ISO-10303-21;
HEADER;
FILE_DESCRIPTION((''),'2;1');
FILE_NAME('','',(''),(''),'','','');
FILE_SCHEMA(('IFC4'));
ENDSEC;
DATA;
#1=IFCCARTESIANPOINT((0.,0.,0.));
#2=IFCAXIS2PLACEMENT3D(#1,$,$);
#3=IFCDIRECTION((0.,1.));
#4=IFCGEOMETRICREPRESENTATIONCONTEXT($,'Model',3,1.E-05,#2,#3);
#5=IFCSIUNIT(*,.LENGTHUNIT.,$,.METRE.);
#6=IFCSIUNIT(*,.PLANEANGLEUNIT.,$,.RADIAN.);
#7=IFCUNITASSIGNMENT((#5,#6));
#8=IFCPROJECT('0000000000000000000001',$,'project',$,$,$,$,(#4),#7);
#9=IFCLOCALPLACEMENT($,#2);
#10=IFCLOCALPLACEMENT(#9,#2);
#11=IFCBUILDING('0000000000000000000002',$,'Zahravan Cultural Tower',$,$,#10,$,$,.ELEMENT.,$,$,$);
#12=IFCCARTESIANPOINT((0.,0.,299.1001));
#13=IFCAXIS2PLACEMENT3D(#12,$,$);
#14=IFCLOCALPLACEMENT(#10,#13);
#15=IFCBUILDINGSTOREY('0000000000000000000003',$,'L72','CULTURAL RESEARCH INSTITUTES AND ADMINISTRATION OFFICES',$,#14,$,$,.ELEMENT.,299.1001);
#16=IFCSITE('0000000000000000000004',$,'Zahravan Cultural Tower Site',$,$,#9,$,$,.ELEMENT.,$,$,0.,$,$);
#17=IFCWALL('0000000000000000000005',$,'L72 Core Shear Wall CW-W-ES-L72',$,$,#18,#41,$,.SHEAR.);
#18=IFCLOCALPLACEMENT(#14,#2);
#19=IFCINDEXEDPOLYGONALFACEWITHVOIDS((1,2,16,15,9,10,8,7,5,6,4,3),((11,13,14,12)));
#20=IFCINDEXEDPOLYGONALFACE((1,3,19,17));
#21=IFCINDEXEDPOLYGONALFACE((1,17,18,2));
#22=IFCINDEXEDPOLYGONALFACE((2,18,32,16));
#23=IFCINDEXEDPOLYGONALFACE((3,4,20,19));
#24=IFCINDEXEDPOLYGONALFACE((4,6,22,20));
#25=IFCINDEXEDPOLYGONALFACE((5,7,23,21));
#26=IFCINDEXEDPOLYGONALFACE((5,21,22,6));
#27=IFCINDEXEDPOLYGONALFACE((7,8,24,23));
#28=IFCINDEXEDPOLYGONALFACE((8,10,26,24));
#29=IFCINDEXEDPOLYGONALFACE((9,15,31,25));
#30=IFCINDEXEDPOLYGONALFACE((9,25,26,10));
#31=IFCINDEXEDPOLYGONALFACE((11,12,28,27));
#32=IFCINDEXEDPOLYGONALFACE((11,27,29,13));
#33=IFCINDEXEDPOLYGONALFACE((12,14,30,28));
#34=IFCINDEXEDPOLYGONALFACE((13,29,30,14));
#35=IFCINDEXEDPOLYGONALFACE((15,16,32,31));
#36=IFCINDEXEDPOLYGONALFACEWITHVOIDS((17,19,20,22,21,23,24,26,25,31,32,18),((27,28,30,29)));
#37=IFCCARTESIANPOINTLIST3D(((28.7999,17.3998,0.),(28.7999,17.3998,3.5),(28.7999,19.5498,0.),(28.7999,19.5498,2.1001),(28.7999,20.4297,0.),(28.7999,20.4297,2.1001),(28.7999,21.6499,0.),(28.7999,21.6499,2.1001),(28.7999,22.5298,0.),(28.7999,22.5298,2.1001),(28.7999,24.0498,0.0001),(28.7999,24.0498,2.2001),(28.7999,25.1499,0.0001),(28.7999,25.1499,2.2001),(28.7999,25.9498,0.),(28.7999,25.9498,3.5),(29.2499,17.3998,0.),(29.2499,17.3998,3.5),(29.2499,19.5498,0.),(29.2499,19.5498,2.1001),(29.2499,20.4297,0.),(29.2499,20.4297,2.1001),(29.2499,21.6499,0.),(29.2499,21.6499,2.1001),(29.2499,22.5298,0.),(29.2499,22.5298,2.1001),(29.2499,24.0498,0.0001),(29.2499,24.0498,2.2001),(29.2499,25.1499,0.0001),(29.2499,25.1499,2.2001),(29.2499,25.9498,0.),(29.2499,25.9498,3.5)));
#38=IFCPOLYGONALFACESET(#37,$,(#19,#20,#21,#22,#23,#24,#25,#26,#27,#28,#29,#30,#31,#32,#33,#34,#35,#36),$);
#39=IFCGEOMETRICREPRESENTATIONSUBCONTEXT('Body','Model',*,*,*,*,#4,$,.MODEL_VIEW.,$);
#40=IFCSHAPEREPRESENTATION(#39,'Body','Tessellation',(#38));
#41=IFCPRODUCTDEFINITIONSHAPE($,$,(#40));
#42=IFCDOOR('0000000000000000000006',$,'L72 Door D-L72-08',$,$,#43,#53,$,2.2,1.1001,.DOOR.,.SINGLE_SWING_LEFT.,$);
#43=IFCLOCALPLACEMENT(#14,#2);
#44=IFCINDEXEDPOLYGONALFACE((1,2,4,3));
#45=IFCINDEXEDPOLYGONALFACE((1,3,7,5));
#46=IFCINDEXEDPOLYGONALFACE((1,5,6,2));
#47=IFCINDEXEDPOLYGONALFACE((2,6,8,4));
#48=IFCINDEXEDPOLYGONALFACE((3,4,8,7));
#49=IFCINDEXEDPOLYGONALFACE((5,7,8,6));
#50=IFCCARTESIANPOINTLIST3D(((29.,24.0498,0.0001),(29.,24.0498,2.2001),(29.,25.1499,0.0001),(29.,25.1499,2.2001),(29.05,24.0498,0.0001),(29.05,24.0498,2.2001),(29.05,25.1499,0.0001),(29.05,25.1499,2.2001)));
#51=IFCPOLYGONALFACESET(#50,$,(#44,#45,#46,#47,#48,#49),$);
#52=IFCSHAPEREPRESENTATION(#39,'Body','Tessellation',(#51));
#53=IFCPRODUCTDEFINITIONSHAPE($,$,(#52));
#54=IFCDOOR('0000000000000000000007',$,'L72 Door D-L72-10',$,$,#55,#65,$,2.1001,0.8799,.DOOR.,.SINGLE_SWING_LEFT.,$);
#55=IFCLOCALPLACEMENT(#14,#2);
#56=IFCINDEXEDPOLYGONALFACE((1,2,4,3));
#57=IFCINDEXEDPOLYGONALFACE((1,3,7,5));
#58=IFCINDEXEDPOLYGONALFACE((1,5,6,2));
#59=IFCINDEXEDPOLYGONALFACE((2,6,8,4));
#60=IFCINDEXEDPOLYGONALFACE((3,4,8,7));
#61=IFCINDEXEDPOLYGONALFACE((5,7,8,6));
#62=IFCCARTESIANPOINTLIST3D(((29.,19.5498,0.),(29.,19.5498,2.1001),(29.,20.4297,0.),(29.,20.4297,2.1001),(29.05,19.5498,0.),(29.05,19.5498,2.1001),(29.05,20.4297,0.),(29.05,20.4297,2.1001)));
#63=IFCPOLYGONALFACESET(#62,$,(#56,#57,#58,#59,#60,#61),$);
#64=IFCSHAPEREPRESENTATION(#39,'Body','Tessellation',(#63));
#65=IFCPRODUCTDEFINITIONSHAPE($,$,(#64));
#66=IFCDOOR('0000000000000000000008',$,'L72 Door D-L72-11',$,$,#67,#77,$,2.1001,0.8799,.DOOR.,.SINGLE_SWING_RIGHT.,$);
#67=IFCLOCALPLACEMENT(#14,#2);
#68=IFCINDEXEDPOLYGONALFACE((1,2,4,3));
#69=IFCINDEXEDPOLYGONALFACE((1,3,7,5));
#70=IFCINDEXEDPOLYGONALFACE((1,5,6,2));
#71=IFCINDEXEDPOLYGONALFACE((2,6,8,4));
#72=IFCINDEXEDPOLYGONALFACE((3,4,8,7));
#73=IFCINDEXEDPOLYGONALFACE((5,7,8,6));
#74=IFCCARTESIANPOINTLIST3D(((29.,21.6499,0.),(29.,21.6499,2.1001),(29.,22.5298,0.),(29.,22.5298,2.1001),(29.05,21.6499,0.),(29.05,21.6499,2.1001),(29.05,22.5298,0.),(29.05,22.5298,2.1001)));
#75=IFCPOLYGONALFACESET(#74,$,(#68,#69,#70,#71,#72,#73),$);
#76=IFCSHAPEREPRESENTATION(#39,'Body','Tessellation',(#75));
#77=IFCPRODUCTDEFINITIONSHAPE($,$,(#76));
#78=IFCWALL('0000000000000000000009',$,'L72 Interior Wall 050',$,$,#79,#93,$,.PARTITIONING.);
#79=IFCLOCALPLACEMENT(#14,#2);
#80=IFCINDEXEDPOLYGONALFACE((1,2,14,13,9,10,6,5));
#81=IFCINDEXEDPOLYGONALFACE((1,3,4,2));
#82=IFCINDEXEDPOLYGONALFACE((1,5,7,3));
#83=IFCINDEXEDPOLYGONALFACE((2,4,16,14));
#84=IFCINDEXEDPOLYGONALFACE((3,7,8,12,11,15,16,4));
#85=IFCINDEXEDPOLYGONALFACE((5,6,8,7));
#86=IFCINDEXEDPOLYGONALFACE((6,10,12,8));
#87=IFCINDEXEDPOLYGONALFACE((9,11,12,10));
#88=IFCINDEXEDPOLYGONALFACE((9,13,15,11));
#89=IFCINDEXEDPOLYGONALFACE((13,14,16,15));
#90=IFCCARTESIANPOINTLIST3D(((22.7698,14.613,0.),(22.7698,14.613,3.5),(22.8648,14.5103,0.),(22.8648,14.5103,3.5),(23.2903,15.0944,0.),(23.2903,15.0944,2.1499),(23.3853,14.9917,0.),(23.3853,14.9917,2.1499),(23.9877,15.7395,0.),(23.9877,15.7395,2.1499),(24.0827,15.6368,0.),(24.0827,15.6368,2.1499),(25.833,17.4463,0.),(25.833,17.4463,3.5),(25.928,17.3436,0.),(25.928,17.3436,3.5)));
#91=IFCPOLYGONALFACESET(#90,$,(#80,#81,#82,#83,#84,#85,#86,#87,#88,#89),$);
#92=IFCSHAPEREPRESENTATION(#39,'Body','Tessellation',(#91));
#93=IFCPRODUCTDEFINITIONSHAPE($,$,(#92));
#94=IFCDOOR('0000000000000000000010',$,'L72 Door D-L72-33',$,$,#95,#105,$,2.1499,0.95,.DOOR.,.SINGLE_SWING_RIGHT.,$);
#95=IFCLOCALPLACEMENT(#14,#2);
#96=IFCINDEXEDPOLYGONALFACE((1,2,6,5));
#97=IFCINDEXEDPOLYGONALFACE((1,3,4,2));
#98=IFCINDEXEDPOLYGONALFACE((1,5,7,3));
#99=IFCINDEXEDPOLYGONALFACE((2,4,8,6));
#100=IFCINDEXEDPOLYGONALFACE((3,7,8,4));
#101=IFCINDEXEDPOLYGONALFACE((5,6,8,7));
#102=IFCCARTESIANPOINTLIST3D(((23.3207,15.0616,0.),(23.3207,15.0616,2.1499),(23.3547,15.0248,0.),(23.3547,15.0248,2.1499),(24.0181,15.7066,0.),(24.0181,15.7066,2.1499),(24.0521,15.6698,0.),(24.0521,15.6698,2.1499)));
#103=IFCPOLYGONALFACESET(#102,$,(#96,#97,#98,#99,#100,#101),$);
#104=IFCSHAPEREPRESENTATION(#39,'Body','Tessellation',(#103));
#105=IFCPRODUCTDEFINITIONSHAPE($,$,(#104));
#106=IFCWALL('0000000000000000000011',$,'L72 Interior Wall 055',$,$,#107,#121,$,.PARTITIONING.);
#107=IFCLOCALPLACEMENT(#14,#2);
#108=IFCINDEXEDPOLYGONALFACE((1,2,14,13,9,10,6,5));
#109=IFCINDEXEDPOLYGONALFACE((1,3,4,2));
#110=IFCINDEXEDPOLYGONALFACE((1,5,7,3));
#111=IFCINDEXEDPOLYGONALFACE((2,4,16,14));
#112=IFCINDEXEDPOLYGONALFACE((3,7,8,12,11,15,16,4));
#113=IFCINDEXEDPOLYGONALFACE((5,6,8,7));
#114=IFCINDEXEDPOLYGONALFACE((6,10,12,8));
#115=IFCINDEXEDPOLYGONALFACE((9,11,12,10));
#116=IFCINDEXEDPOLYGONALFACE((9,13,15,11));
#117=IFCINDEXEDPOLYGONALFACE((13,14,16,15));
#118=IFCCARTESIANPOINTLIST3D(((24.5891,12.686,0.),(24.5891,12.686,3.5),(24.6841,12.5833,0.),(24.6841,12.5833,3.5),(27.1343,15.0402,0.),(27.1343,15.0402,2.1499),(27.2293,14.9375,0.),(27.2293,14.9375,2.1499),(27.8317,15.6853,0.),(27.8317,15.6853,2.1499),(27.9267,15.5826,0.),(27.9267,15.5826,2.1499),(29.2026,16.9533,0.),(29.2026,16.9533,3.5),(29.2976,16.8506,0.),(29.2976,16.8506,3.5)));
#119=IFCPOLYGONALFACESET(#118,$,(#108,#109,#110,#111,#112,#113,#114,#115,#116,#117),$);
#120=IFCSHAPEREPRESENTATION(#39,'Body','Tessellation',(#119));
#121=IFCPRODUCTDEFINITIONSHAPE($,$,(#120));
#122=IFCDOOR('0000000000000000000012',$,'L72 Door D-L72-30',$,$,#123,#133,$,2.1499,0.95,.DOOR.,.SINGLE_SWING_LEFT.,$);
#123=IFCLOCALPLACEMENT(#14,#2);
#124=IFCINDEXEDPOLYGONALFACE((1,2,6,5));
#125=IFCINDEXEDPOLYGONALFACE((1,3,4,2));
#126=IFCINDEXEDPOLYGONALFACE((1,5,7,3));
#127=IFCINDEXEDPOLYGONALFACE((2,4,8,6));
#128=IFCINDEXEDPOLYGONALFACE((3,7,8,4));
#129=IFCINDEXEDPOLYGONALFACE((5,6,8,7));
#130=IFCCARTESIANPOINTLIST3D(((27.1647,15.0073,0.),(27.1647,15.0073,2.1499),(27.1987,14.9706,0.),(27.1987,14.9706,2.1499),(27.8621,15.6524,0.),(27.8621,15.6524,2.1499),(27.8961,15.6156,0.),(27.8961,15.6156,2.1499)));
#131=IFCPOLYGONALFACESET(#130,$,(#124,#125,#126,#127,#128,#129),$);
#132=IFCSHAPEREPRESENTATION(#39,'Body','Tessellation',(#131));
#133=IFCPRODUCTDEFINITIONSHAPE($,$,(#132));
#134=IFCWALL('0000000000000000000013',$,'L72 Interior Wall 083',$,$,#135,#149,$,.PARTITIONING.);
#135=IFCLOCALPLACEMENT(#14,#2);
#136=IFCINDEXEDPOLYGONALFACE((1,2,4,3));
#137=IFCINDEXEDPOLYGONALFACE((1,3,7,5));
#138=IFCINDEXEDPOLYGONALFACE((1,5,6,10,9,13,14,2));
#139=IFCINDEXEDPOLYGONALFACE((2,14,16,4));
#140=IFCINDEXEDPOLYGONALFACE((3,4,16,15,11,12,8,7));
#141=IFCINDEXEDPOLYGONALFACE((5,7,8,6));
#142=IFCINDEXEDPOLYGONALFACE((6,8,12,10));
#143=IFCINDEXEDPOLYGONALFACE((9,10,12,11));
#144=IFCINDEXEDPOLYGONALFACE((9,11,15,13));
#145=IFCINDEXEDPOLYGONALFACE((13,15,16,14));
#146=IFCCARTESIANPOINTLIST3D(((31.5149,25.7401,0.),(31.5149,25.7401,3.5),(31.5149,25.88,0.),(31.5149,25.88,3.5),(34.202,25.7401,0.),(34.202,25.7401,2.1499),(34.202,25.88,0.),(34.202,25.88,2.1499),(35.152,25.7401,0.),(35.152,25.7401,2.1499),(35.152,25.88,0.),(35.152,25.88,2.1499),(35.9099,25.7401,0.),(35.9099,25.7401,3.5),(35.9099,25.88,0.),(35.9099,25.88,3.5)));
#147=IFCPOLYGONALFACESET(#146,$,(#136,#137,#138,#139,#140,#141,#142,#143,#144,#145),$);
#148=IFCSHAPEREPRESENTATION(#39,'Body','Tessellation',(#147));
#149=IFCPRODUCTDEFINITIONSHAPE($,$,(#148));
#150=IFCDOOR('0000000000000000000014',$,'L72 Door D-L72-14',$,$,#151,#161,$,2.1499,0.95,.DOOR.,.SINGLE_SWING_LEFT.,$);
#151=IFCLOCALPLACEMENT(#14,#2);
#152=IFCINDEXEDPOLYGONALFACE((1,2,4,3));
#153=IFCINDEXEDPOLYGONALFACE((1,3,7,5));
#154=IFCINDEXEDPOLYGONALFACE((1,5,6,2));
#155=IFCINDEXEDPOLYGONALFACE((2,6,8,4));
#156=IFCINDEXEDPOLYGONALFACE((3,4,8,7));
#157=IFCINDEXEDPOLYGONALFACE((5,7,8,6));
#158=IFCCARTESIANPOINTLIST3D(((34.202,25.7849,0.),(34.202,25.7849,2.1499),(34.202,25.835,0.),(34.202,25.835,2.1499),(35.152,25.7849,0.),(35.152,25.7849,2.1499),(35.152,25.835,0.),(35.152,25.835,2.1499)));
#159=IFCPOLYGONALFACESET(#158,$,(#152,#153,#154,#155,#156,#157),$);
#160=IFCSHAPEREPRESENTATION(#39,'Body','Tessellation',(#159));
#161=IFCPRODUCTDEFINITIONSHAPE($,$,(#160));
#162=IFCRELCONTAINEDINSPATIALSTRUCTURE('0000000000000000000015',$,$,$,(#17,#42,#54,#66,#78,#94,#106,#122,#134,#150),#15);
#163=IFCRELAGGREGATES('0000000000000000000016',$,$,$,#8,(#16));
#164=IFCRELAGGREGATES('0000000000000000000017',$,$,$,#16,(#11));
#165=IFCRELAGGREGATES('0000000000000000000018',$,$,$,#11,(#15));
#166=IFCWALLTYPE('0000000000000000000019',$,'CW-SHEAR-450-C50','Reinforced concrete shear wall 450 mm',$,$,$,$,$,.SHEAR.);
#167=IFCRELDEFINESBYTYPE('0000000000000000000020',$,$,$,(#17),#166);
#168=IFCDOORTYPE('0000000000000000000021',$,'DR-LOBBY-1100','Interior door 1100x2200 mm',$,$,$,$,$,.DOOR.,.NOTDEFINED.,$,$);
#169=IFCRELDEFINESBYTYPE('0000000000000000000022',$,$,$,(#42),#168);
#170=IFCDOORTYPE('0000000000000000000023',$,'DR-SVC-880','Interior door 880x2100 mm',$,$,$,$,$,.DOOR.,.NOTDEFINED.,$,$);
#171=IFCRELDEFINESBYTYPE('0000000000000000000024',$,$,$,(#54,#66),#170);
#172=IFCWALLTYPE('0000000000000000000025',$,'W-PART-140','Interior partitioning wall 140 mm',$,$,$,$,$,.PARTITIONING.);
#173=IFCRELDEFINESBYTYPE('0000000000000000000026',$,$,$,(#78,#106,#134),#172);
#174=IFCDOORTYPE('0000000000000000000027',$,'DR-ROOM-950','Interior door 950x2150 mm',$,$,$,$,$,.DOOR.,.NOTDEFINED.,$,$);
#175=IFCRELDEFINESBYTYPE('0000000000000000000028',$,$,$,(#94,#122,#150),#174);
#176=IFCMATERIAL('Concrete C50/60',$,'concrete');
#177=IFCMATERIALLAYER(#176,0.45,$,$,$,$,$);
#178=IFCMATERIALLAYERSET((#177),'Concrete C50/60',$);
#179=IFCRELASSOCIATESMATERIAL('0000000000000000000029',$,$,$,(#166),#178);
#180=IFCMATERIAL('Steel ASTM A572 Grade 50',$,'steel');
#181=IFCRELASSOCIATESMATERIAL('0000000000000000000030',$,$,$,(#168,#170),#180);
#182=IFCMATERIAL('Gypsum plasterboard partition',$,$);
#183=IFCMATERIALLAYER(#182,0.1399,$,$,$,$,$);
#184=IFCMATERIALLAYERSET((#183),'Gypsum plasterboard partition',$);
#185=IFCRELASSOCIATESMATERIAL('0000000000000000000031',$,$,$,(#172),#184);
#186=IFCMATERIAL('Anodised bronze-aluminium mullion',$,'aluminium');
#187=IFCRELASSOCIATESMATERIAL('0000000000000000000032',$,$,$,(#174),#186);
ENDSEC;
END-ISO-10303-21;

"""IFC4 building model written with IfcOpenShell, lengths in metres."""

from ifc_helpers import new_model, si_unit, direction, frame, frame_2d, origin, place, context, subcontext, project, spatial, rectangle, extrude, source, transform, mapped, material, layer, layer_set, type_object, element, fill, save


model = new_model("IFC4")

# Units and contexts
model_context = context("Model", 3, precision=1e-05, world=origin(), true_north=direction((0.0, 1.0)))
body_context = subcontext(model_context, "Body", "Model", "MODEL_VIEW")
ifc_project = project(units=[si_unit("LENGTHUNIT", "METRE"), si_unit("PLANEANGLEUNIT", "RADIAN")], contexts=[model_context])

# Site, building, storey
site_placement = place(None, origin())
site = spatial("IfcSite", under=ifc_project, at=site_placement, Name="Zahravan Cultural Tower Site", CompositionType="ELEMENT", RefElevation=0.0)
building_placement = place(site_placement, origin())
building = spatial("IfcBuilding", under=site, at=building_placement, Name="Zahravan Cultural Tower", CompositionType="ELEMENT")
storey_placement = place(building_placement, frame((0.0, 0.0, 299.1001)))
storey = spatial("IfcBuildingStorey", under=building, at=storey_placement, Name="L72", Description="CULTURAL RESEARCH INSTITUTES AND ADMINISTRATION OFFICES", CompositionType="ELEMENT", Elevation=299.1001)

# Shared definitions
ifc_material_1 = material(Name="Concrete C50/60", Category="concrete")

# Wall, openings, doors
ifc_layer_1 = layer(ifc_material_1, 0.45)
ifc_layer_set_1 = layer_set([ifc_layer_1], Name="Concrete C50/60")
wall_type_1 = type_object("IfcWallType", Name="CW-SHEAR-450-C50", Description="Reinforced concrete shear wall 450 mm", PredefinedType="SHEAR", material=ifc_layer_set_1)
wall_1_placement = place(storey_placement, frame((29.0249, 17.3999, 0.0), z_axis=(0.0, 0.0, 1.0), x_axis=(0.0, 1.0, 0.0)))
wall_1 = element("IfcWall", 1, at=wall_1_placement, inside=storey, type_object=wall_type_1, Name="L72 Core Shear Wall CW-W-ES-L72", PredefinedType="SHEAR", context=body_context, shape_type="SweptSolid", body=[
    extrude(rectangle(XDim=8.55, YDim=0.45, at=frame_2d((4.2749, 0.0))), origin(), (0.0, 0.0, 1.0), 3.5),
])
opening_1_placement = place(wall_1_placement, frame((6.6499, 0.0, 0.0)))
opening_1 = element("IfcOpeningElement", 2, at=opening_1_placement, cuts=wall_1, PredefinedType="OPENING", context=body_context, shape_type="SweptSolid", body=[
    extrude(rectangle(XDim=1.1001, YDim=2.2, at=frame_2d((0.55, 1.1001))), frame((0.0, 0.2349, 0.0), z_axis=(0.0, -1.0, 0.0), x_axis=(1.0, 0.0, 0.0)), (0.0, 0.0, 1.0), 0.47),
])
opening_2_placement = place(wall_1_placement, frame((2.1499, 0.0, 0.0)))
opening_2 = element("IfcOpeningElement", 3, at=opening_2_placement, cuts=wall_1, PredefinedType="OPENING", context=body_context, shape_type="SweptSolid", body=[
    extrude(rectangle(XDim=0.8799, YDim=2.1001, at=frame_2d((0.4399, 1.05))), frame((0.0, 0.2349, 0.0), z_axis=(0.0, -1.0, 0.0), x_axis=(1.0, 0.0, 0.0)), (0.0, 0.0, 1.0), 0.47),
])
opening_3_placement = place(wall_1_placement, frame((4.25, 0.0, 0.0)))
opening_3 = element("IfcOpeningElement", 4, at=opening_3_placement, cuts=wall_1, PredefinedType="OPENING", context=body_context, shape_type="SweptSolid", body=[
    extrude(rectangle(XDim=0.8799, YDim=2.1001, at=frame_2d((0.4399, 1.05))), frame((0.0, 0.2349, 0.0), z_axis=(0.0, -1.0, 0.0), x_axis=(1.0, 0.0, 0.0)), (0.0, 0.0, 1.0), 0.47),
])
ifc_material_2 = material(Name="Steel ASTM A572 Grade 50", Category="steel")
door_type_1 = type_object("IfcDoorType", Name="DR-LOBBY-1100", Description="Interior door 1100x2200 mm", OperationType="NOTDEFINED", PredefinedType="DOOR", material=ifc_material_2)
shared_shape_1 = source(origin(), body_context, "Body", "SweptSolid", [
    extrude(rectangle(XDim=1.1001, YDim=2.2, at=frame_2d((0.55, 1.1001))), frame((0.0, 0.0249, 0.0), z_axis=(0.0, -1.0, 0.0), x_axis=(1.0, 0.0, 0.0)), (0.0, 0.0, 1.0), 0.05),
])
door_1_placement = place(opening_1_placement, origin())
door_1 = element("IfcDoor", 5, at=door_1_placement, inside=storey, type_object=door_type_1, Name="L72 Door D-L72-08", OperationType="SINGLE_SWING_LEFT", OverallHeight=2.2, OverallWidth=1.1001, PredefinedType="DOOR", context=body_context, shape_type="MappedRepresentation", body=[
    mapped(shared_shape_1, transform((0.0, 0.0, 0.0), x_axis=(1.0, 0.0, 0.0), y_axis=(0.0, 1.0, 0.0), z_axis=(0.0, 0.0, 1.0), scale=1.0)),
])
fill(opening_1, door_1)
door_type_2 = type_object("IfcDoorType", Name="DR-SVC-880", Description="Interior door 880x2100 mm", OperationType="NOTDEFINED", PredefinedType="DOOR", material=ifc_material_2)
shared_shape_2 = source(origin(), body_context, "Body", "SweptSolid", [
    extrude(rectangle(XDim=0.8799, YDim=2.1001, at=frame_2d((0.4399, 1.05))), frame((0.0, 0.0249, 0.0), z_axis=(0.0, -1.0, 0.0), x_axis=(1.0, 0.0, 0.0)), (0.0, 0.0, 1.0), 0.05),
])
door_2_placement = place(opening_2_placement, origin())
door_2 = element("IfcDoor", 6, at=door_2_placement, inside=storey, type_object=door_type_2, Name="L72 Door D-L72-10", OperationType="SINGLE_SWING_LEFT", OverallHeight=2.1001, OverallWidth=0.8799, PredefinedType="DOOR", context=body_context, shape_type="MappedRepresentation", body=[
    mapped(shared_shape_2, transform((0.0, 0.0, 0.0), x_axis=(1.0, 0.0, 0.0), y_axis=(0.0, 1.0, 0.0), z_axis=(0.0, 0.0, 1.0), scale=1.0)),
])
fill(opening_2, door_2)
door_3_placement = place(opening_3_placement, origin())
door_3 = element("IfcDoor", 7, at=door_3_placement, inside=storey, type_object=door_type_2, Name="L72 Door D-L72-11", OperationType="SINGLE_SWING_RIGHT", OverallHeight=2.1001, OverallWidth=0.8799, PredefinedType="DOOR", context=body_context, shape_type="MappedRepresentation", body=[
    mapped(shared_shape_2, transform((0.0, 0.0, 0.0), x_axis=(1.0, 0.0, 0.0), y_axis=(0.0, 1.0, 0.0), z_axis=(0.0, 0.0, 1.0), scale=1.0)),
])
fill(opening_3, door_3)

# Walls, openings, doors
ifc_material_3 = material(Name="Gypsum plasterboard partition")
ifc_layer_2 = layer(ifc_material_3, 0.1399)
ifc_layer_set_2 = layer_set([ifc_layer_2], Name="Gypsum plasterboard partition")
wall_type_2 = type_object("IfcWallType", Name="W-PART-140", Description="Interior partitioning wall 140 mm", PredefinedType="PARTITIONING", material=ifc_layer_set_2)
wall_2_placement = place(storey_placement, frame((25.8806, 17.395, 0.0), z_axis=(0.0, 0.0, 1.0), x_axis=(-0.734128, -0.679011, 0.0)))
wall_2 = element("IfcWall", 8, at=wall_2_placement, inside=storey, type_object=wall_type_2, Name="L72 Interior Wall 050", PredefinedType="PARTITIONING", context=body_context, shape_type="SweptSolid", body=[
    extrude(rectangle(XDim=4.1726, YDim=0.1399, at=frame_2d((2.0864, 0.0))), origin(), (0.0, 0.0, 1.0), 3.5),
])
opening_4_placement = place(wall_2_placement, frame((2.5137, 0.0, 0.0)))
opening_4 = element("IfcOpeningElement", 9, at=opening_4_placement, cuts=wall_2, PredefinedType="OPENING", context=body_context, shape_type="SweptSolid", body=[
    extrude(rectangle(XDim=0.95, YDim=2.1499, at=frame_2d((0.4751, 1.075))), frame((0.0, 0.0798, 0.0), z_axis=(0.0, -1.0, 0.0), x_axis=(1.0, 0.0, 0.0)), (0.0, 0.0, 1.0), 0.1599),
])
ifc_material_4 = material(Name="Anodised bronze-aluminium mullion", Category="aluminium")
door_type_3 = type_object("IfcDoorType", Name="DR-ROOM-950", Description="Interior door 950x2150 mm", OperationType="NOTDEFINED", PredefinedType="DOOR", material=ifc_material_4)
shared_shape_3 = source(origin(), body_context, "Body", "SweptSolid", [
    extrude(rectangle(XDim=0.95, YDim=2.1499, at=frame_2d((0.4751, 1.075))), frame((0.0, 0.0249, 0.0), z_axis=(0.0, -1.0, 0.0), x_axis=(1.0, 0.0, 0.0)), (0.0, 0.0, 1.0), 0.05),
])
door_4_placement = place(opening_4_placement, origin())
door_4 = element("IfcDoor", 10, at=door_4_placement, inside=storey, type_object=door_type_3, Name="L72 Door D-L72-33", OperationType="SINGLE_SWING_RIGHT", OverallHeight=2.1499, OverallWidth=0.95, PredefinedType="DOOR", context=body_context, shape_type="MappedRepresentation", body=[
    mapped(shared_shape_3, transform((0.0, 0.0, 0.0), x_axis=(1.0, 0.0, 0.0), y_axis=(0.0, 1.0, 0.0), z_axis=(0.0, 0.0, 1.0), scale=1.0)),
])
fill(opening_4, door_4)
wall_3_placement = place(storey_placement, frame((29.25, 16.9019, 0.0), z_axis=(0.0, 0.0, 1.0), x_axis=(-0.734113, -0.679027, 0.0)))
wall_3 = element("IfcWall", 11, at=wall_3_placement, inside=storey, type_object=wall_type_2, Name="L72 Interior Wall 055", PredefinedType="PARTITIONING", context=body_context, shape_type="SweptSolid", body=[
    extrude(rectangle(XDim=6.2844, YDim=0.1399, at=frame_2d((3.1421, 0.0))), origin(), (0.0, 0.0, 1.0), 3.5),
])
opening_5_placement = place(wall_3_placement, frame((1.8672, 0.0, 0.0)))
opening_5 = element("IfcOpeningElement", 12, at=opening_5_placement, cuts=wall_3, PredefinedType="OPENING", context=body_context, shape_type="SweptSolid", body=[
    extrude(rectangle(XDim=0.95, YDim=2.1499, at=frame_2d((0.4751, 1.075))), frame((0.0, 0.0798, 0.0), z_axis=(0.0, -1.0, 0.0), x_axis=(1.0, 0.0, 0.0)), (0.0, 0.0, 1.0), 0.1599),
])
door_5_placement = place(opening_5_placement, origin())
door_5 = element("IfcDoor", 13, at=door_5_placement, inside=storey, type_object=door_type_3, Name="L72 Door D-L72-30", OperationType="SINGLE_SWING_LEFT", OverallHeight=2.1499, OverallWidth=0.95, PredefinedType="DOOR", context=body_context, shape_type="MappedRepresentation", body=[
    mapped(shared_shape_3, transform((0.0, 0.0, 0.0), x_axis=(1.0, 0.0, 0.0), y_axis=(0.0, 1.0, 0.0), z_axis=(0.0, 0.0, 1.0), scale=1.0)),
])
fill(opening_5, door_5)
wall_4_placement = place(storey_placement, frame((31.5149, 25.8101, 0.0), z_axis=(0.0, 0.0, 1.0), x_axis=(1.0, 0.0, 0.0)))
wall_4 = element("IfcWall", 14, at=wall_4_placement, inside=storey, type_object=wall_type_2, Name="L72 Interior Wall 083", PredefinedType="PARTITIONING", context=body_context, shape_type="SweptSolid", body=[
    extrude(rectangle(XDim=4.395, YDim=0.1399, at=frame_2d((2.1975, 0.0))), origin(), (0.0, 0.0, 1.0), 3.5),
])
opening_6_placement = place(wall_4_placement, frame((2.687, 0.0, 0.0)))
opening_6 = element("IfcOpeningElement", 15, at=opening_6_placement, cuts=wall_4, PredefinedType="OPENING", context=body_context, shape_type="SweptSolid", body=[
    extrude(rectangle(XDim=0.95, YDim=2.1499, at=frame_2d((0.4751, 1.075))), frame((0.0, 0.0798, 0.0), z_axis=(0.0, -1.0, 0.0), x_axis=(1.0, 0.0, 0.0)), (0.0, 0.0, 1.0), 0.1599),
])
door_6_placement = place(opening_6_placement, origin())
door_6 = element("IfcDoor", 16, at=door_6_placement, inside=storey, type_object=door_type_3, Name="L72 Door D-L72-14", OperationType="SINGLE_SWING_LEFT", OverallHeight=2.1499, OverallWidth=0.95, PredefinedType="DOOR", context=body_context, shape_type="MappedRepresentation", body=[
    mapped(shared_shape_3, transform((0.0, 0.0, 0.0), x_axis=(1.0, 0.0, 0.0), y_axis=(0.0, 1.0, 0.0), z_axis=(0.0, 0.0, 1.0), scale=1.0)),
])
fill(opening_6, door_6)

save(model, "model.ifc")
